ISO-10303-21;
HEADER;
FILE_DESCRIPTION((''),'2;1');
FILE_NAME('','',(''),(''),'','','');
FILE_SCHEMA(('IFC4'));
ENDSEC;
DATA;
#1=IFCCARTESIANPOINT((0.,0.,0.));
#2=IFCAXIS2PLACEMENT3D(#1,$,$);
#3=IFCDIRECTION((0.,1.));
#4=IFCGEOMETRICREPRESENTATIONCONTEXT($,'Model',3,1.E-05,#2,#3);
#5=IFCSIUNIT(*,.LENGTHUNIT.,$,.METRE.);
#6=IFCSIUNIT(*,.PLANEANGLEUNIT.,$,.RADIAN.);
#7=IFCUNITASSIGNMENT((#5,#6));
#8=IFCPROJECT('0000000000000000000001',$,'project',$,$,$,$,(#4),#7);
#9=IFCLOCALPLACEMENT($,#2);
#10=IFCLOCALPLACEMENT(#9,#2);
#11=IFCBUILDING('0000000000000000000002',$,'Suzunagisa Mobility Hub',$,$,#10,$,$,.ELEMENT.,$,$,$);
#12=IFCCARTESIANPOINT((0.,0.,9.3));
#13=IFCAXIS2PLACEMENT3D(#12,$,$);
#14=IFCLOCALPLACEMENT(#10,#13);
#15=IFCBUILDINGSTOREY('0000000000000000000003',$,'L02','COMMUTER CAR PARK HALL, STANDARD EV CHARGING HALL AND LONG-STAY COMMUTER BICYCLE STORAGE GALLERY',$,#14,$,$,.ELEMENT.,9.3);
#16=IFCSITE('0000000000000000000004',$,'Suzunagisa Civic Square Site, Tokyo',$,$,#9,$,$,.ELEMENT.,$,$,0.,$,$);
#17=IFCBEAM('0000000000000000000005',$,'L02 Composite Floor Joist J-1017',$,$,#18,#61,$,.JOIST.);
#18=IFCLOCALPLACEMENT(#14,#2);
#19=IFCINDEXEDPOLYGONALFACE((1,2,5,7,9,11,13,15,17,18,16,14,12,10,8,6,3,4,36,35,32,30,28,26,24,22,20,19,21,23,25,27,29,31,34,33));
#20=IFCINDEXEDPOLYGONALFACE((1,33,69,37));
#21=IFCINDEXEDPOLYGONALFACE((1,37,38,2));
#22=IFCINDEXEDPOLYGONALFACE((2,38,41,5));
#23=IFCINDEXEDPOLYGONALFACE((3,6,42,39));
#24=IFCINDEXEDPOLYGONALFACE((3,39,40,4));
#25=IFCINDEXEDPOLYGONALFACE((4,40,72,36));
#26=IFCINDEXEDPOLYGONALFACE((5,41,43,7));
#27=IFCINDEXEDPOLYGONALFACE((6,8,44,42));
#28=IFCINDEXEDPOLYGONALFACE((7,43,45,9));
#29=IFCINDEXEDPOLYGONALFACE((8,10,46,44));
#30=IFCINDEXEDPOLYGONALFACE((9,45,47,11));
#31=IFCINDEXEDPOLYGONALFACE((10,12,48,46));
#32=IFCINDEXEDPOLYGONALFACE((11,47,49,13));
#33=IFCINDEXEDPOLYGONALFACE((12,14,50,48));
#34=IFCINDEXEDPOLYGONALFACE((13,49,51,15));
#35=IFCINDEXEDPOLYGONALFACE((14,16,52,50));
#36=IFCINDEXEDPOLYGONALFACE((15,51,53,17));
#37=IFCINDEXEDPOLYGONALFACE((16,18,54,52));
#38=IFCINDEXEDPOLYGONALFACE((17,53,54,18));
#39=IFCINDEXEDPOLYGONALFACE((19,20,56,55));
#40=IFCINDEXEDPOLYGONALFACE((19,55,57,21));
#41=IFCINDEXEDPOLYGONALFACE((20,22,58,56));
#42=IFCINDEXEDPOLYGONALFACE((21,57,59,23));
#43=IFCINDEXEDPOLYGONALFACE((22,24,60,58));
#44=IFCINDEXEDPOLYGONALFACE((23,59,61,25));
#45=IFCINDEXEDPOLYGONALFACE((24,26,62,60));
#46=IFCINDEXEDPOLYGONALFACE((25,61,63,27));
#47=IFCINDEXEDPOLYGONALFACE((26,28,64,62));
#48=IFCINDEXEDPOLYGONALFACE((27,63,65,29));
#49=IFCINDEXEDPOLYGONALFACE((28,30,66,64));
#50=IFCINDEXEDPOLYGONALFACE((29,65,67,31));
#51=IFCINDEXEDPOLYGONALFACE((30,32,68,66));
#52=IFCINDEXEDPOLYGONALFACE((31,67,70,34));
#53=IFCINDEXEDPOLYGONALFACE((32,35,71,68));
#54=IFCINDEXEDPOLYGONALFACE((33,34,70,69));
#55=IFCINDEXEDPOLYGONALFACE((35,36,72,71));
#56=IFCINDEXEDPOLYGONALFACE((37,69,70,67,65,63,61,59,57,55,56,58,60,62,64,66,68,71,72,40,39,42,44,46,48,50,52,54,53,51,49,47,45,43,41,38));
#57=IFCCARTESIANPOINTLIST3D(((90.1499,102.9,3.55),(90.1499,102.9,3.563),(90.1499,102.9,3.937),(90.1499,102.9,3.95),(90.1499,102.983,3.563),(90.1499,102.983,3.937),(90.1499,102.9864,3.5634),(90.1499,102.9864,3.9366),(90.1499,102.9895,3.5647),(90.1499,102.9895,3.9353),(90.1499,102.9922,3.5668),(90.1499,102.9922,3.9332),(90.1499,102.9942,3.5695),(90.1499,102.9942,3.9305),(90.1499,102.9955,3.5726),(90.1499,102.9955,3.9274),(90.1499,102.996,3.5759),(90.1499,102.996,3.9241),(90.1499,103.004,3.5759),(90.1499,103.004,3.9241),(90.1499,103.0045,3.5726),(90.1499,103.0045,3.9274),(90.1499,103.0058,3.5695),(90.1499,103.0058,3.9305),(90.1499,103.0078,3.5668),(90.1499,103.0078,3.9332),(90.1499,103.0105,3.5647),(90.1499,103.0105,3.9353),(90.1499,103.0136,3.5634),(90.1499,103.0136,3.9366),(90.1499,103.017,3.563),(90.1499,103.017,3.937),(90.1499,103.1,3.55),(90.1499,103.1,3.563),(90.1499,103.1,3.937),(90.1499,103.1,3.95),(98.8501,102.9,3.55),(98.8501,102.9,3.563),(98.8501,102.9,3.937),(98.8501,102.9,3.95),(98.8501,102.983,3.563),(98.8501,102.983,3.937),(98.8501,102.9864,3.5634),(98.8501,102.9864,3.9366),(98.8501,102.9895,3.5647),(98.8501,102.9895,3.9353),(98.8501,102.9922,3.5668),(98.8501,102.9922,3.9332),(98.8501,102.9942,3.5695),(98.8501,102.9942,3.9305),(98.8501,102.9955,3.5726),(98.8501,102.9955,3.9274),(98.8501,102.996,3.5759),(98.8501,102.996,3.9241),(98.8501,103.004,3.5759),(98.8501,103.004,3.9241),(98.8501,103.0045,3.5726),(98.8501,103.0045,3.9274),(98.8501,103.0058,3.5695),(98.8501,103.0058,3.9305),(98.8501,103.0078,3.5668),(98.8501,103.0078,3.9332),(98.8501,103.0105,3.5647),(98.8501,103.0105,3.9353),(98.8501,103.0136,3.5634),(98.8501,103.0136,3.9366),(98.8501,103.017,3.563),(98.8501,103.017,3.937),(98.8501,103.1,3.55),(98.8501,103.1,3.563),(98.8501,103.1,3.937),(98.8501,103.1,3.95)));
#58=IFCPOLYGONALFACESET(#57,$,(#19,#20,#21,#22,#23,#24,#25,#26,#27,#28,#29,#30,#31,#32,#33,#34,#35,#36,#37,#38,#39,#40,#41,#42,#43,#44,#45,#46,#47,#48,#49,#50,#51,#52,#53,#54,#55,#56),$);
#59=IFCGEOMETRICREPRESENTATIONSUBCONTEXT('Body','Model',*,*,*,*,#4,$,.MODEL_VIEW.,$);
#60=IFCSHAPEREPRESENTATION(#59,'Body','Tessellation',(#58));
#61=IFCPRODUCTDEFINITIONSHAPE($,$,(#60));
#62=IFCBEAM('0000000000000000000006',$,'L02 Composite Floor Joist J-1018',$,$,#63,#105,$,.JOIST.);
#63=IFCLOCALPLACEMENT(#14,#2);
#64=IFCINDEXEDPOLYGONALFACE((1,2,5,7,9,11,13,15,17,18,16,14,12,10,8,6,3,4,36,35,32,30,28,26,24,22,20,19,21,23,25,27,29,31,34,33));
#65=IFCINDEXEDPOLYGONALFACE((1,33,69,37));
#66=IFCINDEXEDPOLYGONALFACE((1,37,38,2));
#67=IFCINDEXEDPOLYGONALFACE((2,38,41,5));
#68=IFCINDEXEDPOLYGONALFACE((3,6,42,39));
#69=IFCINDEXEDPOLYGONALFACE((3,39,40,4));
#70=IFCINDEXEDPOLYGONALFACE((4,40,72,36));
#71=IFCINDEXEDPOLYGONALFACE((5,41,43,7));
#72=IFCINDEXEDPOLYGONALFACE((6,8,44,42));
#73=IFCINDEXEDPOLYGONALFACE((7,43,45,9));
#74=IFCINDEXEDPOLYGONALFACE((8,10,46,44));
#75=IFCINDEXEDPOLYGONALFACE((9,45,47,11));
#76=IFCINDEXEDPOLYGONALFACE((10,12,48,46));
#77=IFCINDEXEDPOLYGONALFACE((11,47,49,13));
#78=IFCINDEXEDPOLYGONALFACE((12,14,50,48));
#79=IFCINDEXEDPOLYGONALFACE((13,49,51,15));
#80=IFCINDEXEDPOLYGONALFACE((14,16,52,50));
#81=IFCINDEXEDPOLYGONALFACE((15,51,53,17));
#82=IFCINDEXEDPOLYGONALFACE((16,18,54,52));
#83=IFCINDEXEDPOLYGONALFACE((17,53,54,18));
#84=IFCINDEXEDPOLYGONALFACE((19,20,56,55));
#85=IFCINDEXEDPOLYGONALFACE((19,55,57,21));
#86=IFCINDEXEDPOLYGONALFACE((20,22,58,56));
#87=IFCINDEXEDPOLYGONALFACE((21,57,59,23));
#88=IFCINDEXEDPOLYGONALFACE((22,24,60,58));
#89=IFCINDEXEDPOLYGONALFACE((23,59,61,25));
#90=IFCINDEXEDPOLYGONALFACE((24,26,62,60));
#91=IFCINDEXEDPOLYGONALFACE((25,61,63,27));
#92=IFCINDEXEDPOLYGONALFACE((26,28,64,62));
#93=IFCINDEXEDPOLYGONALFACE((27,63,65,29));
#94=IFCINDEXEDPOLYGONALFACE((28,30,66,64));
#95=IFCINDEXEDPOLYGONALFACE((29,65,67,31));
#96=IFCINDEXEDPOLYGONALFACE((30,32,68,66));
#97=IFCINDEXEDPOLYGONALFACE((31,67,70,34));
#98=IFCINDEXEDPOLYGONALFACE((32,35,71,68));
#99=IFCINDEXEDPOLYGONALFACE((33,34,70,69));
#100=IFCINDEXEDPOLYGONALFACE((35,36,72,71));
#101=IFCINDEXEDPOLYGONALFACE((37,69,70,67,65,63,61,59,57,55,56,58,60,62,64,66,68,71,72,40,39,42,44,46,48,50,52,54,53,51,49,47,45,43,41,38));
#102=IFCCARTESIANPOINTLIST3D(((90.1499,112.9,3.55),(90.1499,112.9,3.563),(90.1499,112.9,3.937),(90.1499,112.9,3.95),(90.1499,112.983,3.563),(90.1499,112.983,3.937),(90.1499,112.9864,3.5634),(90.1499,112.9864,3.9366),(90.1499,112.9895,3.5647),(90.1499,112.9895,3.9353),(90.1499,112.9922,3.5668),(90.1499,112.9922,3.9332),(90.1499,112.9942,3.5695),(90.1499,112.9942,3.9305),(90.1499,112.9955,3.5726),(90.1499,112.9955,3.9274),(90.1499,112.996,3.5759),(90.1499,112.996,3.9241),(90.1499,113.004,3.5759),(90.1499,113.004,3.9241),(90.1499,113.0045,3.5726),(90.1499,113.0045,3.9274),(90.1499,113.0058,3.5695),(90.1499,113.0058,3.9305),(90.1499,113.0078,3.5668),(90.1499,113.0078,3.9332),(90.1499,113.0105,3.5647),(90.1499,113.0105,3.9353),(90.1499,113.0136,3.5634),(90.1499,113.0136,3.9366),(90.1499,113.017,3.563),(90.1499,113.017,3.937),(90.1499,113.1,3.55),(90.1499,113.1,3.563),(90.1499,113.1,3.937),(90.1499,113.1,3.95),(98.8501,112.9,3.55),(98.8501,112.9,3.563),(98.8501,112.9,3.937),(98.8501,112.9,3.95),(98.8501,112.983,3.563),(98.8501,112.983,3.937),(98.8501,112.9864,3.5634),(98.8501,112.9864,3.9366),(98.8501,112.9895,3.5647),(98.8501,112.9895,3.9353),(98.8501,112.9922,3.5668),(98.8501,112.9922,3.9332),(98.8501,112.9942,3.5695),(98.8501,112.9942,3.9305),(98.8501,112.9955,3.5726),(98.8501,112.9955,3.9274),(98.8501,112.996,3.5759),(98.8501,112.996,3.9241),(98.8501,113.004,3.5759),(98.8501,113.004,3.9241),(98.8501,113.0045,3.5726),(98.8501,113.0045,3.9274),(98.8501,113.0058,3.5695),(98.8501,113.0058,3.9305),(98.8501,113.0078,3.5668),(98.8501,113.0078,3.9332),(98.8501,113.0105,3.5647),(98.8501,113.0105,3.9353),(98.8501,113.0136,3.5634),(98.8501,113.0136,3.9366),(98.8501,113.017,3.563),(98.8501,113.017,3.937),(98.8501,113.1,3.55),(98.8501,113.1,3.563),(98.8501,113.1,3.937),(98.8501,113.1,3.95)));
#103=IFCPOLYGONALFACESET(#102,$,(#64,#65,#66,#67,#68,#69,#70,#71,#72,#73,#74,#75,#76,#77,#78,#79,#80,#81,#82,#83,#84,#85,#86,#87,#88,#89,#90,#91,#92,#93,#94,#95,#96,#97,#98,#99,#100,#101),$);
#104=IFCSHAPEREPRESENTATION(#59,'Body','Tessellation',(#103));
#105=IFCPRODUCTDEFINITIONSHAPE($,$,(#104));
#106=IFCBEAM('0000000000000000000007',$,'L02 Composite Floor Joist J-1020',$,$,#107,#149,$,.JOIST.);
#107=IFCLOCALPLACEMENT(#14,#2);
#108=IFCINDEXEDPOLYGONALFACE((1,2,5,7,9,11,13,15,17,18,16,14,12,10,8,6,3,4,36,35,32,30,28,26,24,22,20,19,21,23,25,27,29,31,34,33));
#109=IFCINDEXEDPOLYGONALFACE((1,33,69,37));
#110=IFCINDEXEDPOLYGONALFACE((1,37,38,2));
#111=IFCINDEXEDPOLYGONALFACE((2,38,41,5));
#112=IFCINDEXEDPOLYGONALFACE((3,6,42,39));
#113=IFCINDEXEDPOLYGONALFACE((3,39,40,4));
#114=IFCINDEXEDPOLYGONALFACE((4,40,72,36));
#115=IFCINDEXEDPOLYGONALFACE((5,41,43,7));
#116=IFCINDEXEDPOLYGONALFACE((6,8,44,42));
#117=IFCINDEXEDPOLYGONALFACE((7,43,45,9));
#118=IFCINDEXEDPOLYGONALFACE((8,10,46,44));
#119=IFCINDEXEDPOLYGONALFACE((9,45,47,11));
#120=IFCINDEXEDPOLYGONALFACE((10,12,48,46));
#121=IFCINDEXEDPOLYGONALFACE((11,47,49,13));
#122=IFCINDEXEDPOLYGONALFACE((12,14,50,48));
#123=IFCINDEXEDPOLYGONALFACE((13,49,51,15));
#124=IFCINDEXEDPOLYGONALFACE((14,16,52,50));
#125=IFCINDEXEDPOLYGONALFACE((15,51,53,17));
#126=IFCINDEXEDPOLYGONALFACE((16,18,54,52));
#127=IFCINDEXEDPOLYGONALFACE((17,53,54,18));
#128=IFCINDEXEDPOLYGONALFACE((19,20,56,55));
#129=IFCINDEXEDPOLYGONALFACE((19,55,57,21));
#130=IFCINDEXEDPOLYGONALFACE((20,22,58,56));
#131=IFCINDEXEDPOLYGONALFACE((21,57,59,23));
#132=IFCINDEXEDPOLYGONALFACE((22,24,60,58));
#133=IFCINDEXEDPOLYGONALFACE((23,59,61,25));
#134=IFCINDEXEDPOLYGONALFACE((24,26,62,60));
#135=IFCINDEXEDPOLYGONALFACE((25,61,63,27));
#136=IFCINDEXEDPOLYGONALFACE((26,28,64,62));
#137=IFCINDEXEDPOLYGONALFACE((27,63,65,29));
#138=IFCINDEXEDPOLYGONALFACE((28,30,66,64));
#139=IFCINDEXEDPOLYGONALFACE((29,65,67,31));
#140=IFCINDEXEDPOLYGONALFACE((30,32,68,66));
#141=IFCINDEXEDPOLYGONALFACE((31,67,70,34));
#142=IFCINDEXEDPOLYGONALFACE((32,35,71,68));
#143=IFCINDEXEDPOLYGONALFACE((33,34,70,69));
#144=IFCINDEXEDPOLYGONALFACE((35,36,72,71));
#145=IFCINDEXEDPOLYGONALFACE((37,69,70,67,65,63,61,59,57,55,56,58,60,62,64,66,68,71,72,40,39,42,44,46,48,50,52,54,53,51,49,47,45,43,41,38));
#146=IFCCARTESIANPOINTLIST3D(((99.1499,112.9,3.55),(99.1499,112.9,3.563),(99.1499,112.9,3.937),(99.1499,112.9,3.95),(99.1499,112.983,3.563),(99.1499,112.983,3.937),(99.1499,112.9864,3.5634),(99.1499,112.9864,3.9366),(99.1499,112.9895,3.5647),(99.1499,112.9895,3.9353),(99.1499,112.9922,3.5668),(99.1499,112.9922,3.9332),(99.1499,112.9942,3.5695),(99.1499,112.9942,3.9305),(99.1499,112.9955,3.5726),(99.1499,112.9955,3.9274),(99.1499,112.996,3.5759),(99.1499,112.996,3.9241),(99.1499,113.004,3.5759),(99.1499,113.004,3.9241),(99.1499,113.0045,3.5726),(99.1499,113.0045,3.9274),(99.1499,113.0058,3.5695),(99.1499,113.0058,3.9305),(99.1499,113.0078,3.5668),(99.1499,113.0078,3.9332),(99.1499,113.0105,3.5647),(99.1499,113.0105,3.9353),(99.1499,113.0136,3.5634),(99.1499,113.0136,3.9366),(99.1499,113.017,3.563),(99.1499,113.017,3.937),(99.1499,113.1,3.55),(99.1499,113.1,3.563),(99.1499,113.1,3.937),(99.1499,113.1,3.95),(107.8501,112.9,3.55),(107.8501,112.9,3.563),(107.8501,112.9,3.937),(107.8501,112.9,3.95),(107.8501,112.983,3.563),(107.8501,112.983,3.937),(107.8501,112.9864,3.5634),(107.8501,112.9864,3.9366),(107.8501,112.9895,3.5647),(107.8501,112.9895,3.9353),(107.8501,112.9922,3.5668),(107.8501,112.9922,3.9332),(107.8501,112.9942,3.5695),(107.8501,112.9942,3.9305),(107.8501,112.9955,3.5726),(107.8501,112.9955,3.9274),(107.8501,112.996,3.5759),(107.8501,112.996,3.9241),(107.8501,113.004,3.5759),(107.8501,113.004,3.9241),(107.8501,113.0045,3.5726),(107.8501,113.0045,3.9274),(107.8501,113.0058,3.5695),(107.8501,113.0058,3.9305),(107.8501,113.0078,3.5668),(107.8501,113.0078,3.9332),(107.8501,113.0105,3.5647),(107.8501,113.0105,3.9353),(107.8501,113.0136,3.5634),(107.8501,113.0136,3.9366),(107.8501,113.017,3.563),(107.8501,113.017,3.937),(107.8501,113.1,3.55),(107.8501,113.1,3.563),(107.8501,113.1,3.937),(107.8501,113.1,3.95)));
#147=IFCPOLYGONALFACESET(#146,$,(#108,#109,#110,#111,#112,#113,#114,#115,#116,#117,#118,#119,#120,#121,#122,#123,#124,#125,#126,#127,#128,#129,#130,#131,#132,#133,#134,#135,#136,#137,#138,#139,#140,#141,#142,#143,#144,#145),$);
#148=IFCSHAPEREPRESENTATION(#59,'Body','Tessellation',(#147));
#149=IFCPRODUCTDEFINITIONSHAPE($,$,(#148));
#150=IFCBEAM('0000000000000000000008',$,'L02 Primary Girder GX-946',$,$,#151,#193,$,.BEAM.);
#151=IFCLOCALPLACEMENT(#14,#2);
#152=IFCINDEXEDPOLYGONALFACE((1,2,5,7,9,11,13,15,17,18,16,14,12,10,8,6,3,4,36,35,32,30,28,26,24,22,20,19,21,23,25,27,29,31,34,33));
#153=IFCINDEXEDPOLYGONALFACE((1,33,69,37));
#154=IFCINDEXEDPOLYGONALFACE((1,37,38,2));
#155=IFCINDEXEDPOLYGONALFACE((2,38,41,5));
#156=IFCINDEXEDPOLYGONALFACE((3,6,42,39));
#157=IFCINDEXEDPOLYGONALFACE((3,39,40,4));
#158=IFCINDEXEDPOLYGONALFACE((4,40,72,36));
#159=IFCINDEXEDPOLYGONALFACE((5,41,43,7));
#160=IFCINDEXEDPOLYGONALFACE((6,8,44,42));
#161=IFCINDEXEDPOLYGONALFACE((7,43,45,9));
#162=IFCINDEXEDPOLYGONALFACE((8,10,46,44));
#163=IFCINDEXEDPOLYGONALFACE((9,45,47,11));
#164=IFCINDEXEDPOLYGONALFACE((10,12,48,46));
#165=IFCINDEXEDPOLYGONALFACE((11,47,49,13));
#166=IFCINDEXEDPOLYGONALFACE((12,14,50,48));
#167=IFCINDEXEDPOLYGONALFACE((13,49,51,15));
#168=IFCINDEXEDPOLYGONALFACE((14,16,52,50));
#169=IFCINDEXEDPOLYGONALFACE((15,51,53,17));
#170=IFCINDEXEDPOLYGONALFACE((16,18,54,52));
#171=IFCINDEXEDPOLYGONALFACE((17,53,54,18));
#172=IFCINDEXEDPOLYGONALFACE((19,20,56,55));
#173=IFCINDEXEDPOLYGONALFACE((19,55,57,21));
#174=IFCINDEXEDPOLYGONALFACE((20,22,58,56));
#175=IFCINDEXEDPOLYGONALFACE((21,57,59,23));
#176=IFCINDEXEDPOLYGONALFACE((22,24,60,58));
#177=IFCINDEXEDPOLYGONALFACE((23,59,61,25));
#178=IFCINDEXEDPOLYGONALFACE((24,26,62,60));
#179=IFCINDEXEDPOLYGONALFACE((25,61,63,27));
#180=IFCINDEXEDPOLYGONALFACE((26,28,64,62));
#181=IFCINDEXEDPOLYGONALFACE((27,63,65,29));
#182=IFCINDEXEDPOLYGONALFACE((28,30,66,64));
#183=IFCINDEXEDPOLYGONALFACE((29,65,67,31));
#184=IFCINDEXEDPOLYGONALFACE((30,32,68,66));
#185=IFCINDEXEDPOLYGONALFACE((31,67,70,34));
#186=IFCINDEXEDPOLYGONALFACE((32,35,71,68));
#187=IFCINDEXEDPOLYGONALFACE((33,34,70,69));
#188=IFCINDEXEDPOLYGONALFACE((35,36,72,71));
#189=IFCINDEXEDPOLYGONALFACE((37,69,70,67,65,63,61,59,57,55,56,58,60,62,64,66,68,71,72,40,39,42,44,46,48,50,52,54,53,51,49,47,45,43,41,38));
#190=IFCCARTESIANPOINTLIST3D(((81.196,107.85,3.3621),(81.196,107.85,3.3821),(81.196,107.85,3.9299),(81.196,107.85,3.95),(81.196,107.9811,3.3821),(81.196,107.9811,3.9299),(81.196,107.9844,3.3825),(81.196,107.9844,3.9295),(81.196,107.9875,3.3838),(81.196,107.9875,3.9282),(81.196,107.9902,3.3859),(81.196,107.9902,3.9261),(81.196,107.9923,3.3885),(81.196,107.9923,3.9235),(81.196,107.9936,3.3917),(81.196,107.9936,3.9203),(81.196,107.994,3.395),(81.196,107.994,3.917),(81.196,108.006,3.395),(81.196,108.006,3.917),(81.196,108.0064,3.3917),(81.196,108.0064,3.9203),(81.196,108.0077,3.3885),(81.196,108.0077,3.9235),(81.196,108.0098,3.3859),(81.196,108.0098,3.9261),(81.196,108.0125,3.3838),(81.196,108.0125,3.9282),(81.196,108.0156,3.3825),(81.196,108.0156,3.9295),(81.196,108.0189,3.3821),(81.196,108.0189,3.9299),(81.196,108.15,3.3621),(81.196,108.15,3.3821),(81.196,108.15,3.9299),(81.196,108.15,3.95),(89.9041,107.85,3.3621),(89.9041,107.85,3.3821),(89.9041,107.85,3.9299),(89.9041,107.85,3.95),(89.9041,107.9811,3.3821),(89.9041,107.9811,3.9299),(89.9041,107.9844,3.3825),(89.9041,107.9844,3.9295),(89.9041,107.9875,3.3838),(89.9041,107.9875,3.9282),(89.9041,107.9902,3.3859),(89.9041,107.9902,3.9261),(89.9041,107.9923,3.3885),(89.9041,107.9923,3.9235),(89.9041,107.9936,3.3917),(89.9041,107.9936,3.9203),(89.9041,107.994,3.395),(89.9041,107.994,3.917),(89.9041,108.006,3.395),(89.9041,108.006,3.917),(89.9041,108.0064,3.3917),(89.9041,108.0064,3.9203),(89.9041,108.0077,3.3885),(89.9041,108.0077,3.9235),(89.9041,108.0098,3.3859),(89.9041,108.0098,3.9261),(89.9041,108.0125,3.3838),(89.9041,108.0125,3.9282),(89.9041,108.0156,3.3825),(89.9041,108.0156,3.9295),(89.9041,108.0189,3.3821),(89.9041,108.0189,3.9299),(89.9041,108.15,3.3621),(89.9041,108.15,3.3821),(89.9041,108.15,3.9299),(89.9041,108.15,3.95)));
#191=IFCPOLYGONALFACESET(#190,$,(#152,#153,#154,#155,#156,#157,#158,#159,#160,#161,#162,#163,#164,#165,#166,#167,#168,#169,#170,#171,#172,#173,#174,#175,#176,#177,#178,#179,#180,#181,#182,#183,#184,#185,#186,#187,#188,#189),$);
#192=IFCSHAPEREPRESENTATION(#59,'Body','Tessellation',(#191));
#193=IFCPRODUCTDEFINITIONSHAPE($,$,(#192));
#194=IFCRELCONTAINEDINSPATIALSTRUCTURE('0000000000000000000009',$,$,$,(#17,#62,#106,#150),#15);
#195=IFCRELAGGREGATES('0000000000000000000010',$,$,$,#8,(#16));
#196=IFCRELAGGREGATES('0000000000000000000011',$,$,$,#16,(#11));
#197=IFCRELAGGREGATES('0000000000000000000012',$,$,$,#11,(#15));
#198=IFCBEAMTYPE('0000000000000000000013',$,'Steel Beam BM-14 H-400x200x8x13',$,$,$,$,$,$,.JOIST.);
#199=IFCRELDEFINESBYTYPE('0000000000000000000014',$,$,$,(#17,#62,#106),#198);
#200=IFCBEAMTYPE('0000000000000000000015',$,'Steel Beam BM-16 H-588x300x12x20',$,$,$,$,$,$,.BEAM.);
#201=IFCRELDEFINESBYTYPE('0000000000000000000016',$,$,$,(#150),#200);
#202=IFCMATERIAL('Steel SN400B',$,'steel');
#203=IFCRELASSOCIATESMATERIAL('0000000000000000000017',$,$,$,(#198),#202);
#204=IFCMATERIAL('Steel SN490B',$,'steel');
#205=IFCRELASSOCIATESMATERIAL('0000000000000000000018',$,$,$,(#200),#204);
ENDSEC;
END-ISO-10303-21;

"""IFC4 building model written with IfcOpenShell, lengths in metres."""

from ifc_helpers import new_model, si_unit, direction, frame, origin, origin_2d, place, context, subcontext, project, spatial, i_section, extrude, material, material_profile, profile_set, type_object, element, save


model = new_model("IFC4")

# Units and contexts
model_context = context("Model", 3, precision=1e-05, world=origin(), true_north=direction((0.0, 1.0)))
body_context = subcontext(model_context, "Body", "Model", "MODEL_VIEW")
ifc_project = project(units=[si_unit("LENGTHUNIT", "METRE"), si_unit("PLANEANGLEUNIT", "RADIAN")], contexts=[model_context])

# Site, building, storey
site_placement = place(None, origin())
site = spatial("IfcSite", under=ifc_project, at=site_placement, Name="Suzunagisa Civic Square Site, Tokyo", CompositionType="ELEMENT", RefElevation=0.0)
building_placement = place(site_placement, origin())
building = spatial("IfcBuilding", under=site, at=building_placement, Name="Suzunagisa Mobility Hub", CompositionType="ELEMENT")
storey_placement = place(building_placement, frame((0.0, 0.0, 9.3)))
storey = spatial("IfcBuildingStorey", under=building, at=storey_placement, Name="L02", Description="COMMUTER CAR PARK HALL, STANDARD EV CHARGING HALL AND LONG-STAY COMMUTER BICYCLE STORAGE GALLERY", CompositionType="ELEMENT", Elevation=9.3)

# Shared definitions
ifc_material_1 = material(Name="Steel SN490B", Category="steel")

# Beams
ifc_material_2 = material(Name="Steel SN400B", Category="steel")
ifc_material_profile_1 = material_profile(ifc_material_2, i_section(OverallWidth=0.2, OverallDepth=0.3999, WebThickness=0.0081, FlangeThickness=0.0129, FilletRadius=0.0129, at=origin_2d()), Name="H-400x200x8x13")
ifc_profile_set_1 = profile_set([ifc_material_profile_1], Name="Steel SN400B")
beam_type_1 = type_object("IfcBeamType", Name="Steel Beam BM-14 H-400x200x8x13", PredefinedType="JOIST", material=ifc_profile_set_1)
for number, where, z_axis, x_axis, name in (
    (1, (90.1499, 103.0, 3.75), (1.0, 0.0, 0.0), (0.0, 1.0, 0.0), "L02 Composite Floor Joist J-1017"),
    (2, (90.1499, 113.0, 3.75), (1.0, 0.0, 0.0), (0.0, 1.0, 0.0), "L02 Composite Floor Joist J-1018"),
    (3, (99.1499, 113.0, 3.75), (1.0, 0.0, 0.0), (0.0, 1.0, 0.0), "L02 Composite Floor Joist J-1020"),
):
    element("IfcBeam", number, at=place(storey_placement, frame(where, z_axis=z_axis, x_axis=x_axis)), inside=storey, type_object=beam_type_1, Name=name, PredefinedType="JOIST", context=body_context, shape_type="SweptSolid", body=[
        extrude(i_section(OverallWidth=0.2, OverallDepth=0.3999, WebThickness=0.0081, FlangeThickness=0.0129, FilletRadius=0.0129, at=origin_2d()), origin(), (0.0, 0.0, 1.0), 8.7002),
    ])
ifc_material_profile_2 = material_profile(ifc_material_1, i_section(OverallWidth=0.3, OverallDepth=0.5879, WebThickness=0.012, FlangeThickness=0.02, FilletRadius=0.0129, at=origin_2d()), Name="H-588x300x12x20")
ifc_profile_set_2 = profile_set([ifc_material_profile_2], Name="Steel SN490B")
beam_type_2 = type_object("IfcBeamType", Name="Steel Beam BM-16 H-588x300x12x20", PredefinedType="BEAM", material=ifc_profile_set_2)
for number, where, z_axis, x_axis, name in (
    (4, (81.196, 108.0, 3.656), (1.0, 0.0, 0.0), (0.0, 1.0, 0.0), "L02 Primary Girder GX-946"),
):
    element("IfcBeam", number, at=place(storey_placement, frame(where, z_axis=z_axis, x_axis=x_axis)), inside=storey, type_object=beam_type_2, Name=name, PredefinedType="BEAM", context=body_context, shape_type="SweptSolid", body=[
        extrude(i_section(OverallWidth=0.3, OverallDepth=0.5879, WebThickness=0.012, FlangeThickness=0.02, FilletRadius=0.0129, at=origin_2d()), origin(), (0.0, 0.0, 1.0), 8.708),
    ])

save(model, "model.ifc")
